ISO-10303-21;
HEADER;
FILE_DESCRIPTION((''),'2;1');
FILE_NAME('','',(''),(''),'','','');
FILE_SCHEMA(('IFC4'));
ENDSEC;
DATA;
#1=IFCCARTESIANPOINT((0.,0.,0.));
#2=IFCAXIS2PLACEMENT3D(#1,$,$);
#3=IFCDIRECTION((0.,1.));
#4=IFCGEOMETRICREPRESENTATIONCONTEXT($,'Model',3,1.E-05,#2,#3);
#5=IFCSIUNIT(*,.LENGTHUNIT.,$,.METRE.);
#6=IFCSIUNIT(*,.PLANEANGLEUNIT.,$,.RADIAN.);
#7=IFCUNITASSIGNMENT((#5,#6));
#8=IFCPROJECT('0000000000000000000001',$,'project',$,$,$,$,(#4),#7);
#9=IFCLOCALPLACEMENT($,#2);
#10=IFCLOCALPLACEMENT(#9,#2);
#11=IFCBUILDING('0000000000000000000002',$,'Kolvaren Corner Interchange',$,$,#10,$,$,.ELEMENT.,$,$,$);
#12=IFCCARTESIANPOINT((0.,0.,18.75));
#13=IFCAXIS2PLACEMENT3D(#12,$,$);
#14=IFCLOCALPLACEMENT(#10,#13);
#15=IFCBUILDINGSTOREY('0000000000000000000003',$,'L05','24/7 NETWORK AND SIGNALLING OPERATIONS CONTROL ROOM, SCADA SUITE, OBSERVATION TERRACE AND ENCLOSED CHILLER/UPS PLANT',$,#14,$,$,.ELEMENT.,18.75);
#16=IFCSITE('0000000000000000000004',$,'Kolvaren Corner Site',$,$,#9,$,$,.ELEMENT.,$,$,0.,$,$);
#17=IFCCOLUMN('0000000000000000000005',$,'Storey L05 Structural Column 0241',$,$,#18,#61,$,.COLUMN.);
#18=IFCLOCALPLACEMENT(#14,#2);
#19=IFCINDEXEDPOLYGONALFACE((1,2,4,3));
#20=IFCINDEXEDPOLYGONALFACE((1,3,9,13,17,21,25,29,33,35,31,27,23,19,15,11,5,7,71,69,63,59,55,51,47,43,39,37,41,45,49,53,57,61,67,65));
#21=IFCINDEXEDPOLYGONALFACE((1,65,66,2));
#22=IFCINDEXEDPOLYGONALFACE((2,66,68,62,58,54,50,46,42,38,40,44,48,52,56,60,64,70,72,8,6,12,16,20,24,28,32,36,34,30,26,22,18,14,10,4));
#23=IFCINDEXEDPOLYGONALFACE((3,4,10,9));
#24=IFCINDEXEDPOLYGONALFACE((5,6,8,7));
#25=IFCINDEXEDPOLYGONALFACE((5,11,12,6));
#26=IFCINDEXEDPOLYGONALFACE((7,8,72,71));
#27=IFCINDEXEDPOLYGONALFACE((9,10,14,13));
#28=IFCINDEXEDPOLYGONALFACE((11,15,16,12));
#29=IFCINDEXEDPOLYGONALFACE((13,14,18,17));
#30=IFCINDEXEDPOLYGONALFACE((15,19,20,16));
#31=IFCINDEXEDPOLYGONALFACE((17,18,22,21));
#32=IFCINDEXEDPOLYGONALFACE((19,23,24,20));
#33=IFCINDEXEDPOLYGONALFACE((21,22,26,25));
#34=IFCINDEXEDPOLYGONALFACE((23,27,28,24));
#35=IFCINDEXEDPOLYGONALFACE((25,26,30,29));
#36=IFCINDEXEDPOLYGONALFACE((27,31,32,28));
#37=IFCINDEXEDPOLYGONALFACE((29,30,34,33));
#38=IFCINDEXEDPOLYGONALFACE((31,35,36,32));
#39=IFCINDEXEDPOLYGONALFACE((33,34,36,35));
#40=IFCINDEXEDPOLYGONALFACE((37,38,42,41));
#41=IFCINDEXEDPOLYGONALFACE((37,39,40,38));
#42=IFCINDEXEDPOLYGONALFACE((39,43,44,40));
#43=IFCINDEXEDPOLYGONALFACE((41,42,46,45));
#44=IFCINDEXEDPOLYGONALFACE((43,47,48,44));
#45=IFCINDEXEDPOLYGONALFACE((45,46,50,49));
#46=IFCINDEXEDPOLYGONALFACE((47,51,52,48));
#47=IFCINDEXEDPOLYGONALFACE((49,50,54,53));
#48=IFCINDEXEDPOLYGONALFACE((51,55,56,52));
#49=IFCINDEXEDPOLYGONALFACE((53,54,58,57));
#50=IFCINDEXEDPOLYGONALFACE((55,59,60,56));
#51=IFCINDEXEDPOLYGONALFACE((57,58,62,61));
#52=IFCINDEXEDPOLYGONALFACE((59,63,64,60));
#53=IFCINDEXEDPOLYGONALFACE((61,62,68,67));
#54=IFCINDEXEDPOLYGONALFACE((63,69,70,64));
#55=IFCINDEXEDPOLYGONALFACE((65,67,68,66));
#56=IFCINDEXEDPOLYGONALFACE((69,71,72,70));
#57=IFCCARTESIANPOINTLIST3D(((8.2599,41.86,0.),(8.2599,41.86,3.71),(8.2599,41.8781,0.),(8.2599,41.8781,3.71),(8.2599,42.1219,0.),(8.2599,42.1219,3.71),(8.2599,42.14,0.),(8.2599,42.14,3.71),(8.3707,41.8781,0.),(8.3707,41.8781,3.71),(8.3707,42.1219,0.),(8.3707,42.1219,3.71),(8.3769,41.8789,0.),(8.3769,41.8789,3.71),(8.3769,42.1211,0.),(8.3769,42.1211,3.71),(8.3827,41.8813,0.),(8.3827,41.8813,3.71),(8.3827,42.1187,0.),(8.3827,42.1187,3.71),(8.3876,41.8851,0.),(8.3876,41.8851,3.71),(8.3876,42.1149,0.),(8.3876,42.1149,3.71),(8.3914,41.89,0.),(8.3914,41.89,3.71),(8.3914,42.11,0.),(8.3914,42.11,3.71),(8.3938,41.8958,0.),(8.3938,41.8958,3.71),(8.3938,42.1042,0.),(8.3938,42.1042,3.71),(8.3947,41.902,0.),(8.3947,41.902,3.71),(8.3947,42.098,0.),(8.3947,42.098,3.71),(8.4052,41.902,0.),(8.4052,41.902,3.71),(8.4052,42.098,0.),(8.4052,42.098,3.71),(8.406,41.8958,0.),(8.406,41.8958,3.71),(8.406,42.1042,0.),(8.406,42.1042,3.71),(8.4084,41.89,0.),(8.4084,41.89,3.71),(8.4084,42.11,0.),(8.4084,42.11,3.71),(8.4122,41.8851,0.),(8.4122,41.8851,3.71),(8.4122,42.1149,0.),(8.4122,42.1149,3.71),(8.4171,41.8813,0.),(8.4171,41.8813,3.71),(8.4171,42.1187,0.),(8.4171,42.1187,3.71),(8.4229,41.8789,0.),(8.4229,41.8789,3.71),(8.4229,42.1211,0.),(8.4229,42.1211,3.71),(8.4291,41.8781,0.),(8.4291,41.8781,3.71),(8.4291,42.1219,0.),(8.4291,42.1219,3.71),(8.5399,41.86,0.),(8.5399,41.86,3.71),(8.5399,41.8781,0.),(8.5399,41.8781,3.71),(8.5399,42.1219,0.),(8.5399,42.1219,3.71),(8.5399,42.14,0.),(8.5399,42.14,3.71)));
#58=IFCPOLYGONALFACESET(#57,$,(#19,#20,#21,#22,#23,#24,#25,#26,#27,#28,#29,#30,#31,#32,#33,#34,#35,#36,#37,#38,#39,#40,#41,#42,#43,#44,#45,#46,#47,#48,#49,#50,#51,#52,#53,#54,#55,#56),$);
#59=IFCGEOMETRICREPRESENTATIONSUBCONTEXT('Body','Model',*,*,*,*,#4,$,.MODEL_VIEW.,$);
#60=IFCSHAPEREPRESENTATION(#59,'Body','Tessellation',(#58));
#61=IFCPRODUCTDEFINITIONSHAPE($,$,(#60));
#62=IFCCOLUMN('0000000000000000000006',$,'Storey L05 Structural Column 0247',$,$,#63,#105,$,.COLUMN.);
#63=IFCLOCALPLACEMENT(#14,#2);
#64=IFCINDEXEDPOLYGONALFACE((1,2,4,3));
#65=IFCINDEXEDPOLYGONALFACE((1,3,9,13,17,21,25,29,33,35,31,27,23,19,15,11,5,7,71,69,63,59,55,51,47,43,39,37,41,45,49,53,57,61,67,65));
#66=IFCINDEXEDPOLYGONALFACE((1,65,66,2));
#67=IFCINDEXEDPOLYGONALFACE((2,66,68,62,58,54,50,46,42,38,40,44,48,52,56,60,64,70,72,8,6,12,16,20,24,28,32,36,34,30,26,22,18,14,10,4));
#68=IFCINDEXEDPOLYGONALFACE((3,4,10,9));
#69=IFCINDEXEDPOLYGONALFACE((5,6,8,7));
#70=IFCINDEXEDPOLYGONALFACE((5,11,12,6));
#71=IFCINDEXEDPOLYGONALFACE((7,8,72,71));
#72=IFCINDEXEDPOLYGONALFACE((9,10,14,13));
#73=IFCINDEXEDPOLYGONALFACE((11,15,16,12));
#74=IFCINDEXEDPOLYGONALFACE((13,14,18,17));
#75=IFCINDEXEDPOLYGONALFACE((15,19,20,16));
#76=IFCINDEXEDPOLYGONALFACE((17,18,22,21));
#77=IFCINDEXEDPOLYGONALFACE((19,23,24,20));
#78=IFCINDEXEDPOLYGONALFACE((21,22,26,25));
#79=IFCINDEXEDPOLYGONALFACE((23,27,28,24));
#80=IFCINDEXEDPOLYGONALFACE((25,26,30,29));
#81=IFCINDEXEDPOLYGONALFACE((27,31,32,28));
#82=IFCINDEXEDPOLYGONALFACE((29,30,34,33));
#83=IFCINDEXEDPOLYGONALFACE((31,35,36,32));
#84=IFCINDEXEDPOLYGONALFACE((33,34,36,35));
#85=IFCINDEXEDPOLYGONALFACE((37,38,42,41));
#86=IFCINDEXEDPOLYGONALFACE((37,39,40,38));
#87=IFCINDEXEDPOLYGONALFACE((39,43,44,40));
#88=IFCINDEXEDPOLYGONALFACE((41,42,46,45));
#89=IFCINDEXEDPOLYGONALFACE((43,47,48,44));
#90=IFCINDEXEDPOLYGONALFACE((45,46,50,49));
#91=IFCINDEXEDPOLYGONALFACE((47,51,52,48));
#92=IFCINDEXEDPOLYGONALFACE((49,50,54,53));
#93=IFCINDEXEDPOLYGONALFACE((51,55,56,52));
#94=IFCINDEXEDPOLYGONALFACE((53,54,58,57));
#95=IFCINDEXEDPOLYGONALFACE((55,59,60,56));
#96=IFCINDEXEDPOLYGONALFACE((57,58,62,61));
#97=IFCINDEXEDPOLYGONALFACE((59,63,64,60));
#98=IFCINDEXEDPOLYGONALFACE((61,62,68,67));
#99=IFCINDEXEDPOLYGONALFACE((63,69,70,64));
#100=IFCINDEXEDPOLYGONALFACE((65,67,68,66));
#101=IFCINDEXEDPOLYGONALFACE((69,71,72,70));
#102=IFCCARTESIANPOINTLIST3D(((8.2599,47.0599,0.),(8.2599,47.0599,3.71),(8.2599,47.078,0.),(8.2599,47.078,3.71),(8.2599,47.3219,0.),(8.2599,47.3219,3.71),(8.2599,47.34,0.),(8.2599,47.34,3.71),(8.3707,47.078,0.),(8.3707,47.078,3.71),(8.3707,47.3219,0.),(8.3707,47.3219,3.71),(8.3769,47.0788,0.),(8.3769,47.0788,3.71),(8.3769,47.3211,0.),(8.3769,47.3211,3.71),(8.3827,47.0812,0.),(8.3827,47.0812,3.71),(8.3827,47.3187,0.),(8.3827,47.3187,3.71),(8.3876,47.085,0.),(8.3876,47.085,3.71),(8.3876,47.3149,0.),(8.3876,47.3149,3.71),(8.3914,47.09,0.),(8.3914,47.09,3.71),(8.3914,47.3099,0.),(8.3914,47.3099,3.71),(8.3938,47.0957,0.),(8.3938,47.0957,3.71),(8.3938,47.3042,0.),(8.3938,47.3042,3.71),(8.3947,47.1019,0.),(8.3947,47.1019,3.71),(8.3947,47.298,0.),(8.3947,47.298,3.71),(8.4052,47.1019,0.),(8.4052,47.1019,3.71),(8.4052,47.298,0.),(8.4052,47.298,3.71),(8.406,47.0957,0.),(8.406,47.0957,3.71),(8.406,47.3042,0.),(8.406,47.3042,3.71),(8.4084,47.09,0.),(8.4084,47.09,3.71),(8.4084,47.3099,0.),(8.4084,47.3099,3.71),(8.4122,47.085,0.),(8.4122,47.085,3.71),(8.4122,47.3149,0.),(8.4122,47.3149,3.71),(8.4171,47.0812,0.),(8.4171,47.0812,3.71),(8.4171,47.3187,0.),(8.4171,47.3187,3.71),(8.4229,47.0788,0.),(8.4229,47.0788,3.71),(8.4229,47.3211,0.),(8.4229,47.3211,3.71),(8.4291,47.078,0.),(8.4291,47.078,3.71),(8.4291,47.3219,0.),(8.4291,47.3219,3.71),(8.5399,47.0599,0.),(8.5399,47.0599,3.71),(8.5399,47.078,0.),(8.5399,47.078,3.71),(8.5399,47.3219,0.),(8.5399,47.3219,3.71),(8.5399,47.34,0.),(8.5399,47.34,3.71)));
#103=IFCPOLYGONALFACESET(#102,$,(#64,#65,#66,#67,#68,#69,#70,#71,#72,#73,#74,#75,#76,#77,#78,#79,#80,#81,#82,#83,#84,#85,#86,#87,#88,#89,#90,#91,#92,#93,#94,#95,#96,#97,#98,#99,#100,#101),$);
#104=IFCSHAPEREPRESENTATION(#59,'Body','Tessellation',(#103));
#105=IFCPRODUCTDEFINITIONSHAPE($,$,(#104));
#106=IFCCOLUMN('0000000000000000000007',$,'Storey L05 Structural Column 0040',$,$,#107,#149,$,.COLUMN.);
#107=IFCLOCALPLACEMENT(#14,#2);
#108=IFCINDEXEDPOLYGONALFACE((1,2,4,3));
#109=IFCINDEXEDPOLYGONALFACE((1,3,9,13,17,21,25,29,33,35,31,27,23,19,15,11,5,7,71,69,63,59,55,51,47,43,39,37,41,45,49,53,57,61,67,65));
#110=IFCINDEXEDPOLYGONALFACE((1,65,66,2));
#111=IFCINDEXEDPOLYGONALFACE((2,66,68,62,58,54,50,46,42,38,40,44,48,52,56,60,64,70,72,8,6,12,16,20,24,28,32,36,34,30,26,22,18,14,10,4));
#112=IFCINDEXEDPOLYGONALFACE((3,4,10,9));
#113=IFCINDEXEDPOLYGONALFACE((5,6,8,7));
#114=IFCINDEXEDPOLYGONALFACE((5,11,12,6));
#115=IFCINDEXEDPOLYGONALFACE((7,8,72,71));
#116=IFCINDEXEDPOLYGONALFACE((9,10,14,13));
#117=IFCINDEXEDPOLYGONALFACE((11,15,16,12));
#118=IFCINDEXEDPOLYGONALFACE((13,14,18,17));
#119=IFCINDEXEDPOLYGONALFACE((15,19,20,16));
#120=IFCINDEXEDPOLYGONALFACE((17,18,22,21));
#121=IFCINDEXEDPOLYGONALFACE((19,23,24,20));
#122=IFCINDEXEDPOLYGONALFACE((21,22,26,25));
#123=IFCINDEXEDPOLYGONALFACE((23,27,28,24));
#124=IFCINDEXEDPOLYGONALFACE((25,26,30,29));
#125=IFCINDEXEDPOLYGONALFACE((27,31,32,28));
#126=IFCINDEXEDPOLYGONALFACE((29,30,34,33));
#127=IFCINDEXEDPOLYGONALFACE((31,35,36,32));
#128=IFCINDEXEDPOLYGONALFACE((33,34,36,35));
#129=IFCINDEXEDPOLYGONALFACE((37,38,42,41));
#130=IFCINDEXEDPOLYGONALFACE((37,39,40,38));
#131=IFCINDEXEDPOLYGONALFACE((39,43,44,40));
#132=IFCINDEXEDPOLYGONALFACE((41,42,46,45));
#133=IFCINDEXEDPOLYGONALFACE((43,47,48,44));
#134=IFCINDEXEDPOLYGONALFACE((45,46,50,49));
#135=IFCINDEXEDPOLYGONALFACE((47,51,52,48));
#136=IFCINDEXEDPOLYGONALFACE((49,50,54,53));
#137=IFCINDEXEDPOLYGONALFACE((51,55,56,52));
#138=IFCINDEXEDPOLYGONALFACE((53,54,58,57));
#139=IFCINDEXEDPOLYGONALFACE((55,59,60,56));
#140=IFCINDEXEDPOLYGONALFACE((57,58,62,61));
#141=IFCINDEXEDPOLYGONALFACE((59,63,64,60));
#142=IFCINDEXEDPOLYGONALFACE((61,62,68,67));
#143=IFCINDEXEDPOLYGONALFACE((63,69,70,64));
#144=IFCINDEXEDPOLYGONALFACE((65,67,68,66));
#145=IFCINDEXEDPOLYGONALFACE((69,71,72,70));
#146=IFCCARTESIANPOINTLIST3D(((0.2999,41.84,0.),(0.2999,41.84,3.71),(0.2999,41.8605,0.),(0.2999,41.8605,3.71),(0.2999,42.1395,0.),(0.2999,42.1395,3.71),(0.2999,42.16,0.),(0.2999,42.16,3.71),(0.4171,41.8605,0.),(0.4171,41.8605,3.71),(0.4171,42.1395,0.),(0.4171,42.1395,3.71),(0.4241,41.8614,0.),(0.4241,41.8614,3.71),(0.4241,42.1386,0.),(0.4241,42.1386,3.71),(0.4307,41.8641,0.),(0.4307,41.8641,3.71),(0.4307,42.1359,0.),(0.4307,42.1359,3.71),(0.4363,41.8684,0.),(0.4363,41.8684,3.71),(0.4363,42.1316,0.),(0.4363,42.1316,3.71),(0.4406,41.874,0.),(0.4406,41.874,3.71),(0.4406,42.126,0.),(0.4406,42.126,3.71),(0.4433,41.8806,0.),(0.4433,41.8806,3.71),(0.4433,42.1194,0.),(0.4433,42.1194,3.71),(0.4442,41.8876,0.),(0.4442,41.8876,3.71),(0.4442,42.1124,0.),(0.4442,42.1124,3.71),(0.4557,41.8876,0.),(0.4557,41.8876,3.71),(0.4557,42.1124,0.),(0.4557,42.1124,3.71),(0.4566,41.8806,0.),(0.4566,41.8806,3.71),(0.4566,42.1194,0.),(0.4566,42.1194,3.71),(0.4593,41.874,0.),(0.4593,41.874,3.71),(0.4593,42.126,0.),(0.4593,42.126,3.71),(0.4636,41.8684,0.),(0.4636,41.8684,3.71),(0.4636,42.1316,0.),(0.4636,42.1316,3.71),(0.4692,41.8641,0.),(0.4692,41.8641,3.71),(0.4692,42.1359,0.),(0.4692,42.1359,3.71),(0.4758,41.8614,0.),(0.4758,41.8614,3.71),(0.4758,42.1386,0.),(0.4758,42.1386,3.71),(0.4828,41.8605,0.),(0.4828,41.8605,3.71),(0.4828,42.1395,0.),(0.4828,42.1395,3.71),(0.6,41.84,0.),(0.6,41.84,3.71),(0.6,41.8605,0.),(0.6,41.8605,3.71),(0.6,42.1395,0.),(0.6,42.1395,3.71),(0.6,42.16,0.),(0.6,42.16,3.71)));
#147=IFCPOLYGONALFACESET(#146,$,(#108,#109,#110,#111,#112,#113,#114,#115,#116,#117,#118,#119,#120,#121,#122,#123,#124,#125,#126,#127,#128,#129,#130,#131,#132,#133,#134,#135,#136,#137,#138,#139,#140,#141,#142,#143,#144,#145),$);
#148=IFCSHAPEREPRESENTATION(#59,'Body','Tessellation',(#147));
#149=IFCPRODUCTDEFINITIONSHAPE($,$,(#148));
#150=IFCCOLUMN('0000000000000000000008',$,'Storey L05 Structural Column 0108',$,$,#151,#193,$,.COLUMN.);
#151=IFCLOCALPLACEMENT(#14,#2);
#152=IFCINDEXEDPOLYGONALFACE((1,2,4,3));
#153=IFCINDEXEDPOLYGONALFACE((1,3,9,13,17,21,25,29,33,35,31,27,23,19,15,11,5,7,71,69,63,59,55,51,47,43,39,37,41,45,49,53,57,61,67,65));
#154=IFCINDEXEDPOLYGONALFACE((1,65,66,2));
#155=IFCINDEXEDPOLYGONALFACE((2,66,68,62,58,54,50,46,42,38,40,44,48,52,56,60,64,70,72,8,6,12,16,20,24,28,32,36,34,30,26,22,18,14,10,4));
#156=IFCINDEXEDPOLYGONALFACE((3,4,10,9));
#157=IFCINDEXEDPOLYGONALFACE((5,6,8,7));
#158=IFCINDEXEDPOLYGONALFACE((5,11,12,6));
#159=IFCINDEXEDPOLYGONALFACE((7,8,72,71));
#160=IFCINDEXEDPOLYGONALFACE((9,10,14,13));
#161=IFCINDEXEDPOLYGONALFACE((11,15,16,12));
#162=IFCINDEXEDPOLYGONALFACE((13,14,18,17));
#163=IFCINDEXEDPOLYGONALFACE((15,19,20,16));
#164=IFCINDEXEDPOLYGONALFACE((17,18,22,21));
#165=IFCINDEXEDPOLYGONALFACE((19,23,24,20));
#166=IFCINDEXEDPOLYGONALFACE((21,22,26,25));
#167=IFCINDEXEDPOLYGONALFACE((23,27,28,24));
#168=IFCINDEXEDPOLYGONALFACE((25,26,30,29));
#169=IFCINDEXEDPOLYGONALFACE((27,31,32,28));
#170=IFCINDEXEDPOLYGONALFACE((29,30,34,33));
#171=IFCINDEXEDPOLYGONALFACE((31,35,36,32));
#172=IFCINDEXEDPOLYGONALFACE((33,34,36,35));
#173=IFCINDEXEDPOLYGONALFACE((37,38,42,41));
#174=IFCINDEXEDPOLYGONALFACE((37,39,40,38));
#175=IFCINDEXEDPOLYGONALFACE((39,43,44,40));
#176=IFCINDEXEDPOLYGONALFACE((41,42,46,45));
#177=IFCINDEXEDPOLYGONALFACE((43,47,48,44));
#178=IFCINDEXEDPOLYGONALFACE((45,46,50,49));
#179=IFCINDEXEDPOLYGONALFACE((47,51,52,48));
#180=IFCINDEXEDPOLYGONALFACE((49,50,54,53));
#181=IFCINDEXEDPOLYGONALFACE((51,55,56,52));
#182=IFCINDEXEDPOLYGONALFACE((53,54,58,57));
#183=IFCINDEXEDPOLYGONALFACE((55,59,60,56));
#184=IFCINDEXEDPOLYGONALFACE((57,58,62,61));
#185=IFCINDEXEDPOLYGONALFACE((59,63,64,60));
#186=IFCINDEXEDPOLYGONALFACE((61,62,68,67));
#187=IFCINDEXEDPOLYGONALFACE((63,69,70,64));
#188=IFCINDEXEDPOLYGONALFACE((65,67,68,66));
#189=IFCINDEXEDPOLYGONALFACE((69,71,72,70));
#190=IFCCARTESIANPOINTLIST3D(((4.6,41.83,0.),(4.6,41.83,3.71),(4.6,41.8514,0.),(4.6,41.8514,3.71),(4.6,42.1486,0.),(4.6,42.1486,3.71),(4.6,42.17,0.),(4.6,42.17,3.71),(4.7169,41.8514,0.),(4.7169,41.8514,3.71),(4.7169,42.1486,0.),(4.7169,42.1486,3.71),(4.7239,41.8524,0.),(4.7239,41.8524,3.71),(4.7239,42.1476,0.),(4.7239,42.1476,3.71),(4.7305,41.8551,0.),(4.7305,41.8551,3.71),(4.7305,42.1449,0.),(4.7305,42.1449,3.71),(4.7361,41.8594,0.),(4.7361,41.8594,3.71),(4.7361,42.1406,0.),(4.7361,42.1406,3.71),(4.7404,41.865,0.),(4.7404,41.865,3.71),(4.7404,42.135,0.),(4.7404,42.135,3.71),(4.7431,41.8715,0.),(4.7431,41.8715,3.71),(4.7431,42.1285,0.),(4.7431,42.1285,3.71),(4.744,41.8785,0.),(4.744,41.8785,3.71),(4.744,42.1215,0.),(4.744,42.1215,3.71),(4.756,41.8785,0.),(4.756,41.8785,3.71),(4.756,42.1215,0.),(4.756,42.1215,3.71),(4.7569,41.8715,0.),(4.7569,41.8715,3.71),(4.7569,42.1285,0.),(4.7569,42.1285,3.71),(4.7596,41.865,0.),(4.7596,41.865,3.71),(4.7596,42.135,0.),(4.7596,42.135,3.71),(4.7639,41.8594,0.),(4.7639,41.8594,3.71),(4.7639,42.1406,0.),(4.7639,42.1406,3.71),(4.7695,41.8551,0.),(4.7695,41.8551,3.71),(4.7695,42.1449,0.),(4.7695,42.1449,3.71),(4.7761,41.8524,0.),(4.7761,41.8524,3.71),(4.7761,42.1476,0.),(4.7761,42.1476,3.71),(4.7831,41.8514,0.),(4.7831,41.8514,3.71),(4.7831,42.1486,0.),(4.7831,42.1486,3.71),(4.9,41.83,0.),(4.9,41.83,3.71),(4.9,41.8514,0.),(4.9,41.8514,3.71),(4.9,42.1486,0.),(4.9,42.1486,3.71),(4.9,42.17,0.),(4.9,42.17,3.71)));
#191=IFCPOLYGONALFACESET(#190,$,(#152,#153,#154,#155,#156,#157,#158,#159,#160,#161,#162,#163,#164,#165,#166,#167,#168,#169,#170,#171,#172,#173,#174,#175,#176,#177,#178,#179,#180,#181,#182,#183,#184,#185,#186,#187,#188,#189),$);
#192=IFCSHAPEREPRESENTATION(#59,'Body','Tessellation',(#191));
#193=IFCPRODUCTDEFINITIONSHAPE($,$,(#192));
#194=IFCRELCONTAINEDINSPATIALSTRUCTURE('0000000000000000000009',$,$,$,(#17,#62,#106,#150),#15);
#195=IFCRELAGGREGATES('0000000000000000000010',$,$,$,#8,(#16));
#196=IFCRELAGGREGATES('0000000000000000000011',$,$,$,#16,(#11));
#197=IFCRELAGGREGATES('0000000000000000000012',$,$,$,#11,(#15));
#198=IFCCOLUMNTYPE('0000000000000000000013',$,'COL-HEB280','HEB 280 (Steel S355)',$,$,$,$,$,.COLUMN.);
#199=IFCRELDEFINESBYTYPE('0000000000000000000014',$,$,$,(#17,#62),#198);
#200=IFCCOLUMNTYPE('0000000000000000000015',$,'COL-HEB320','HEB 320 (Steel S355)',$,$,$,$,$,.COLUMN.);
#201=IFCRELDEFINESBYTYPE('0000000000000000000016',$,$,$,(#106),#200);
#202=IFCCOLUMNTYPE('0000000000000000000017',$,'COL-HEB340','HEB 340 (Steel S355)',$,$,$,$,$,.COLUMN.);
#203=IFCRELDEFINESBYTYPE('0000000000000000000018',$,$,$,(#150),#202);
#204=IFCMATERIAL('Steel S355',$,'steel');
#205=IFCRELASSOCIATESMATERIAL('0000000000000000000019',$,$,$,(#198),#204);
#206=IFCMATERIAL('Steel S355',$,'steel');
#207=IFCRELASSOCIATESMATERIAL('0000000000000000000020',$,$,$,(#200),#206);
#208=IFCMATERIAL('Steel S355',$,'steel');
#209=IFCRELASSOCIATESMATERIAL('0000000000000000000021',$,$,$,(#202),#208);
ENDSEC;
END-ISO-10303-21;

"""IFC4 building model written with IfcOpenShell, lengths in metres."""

from ifc_helpers import new_model, si_unit, direction, frame, origin, origin_2d, place, context, subcontext, project, spatial, i_section, extrude, material, material_profile, profile_set, type_object, element, save


model = new_model("IFC4")

# Units and contexts
model_context = context("Model", 3, precision=1e-05, world=origin(), true_north=direction((0.0, 1.0)))
body_context = subcontext(model_context, "Body", "Model", "MODEL_VIEW")
ifc_project = project(units=[si_unit("LENGTHUNIT", "METRE"), si_unit("PLANEANGLEUNIT", "RADIAN")], contexts=[model_context])

# Site, building, storey
site_placement = place(None, origin())
site = spatial("IfcSite", under=ifc_project, at=site_placement, Name="Kolvaren Corner Site", CompositionType="ELEMENT", RefElevation=0.0)
building_placement = place(site_placement, origin())
building = spatial("IfcBuilding", under=site, at=building_placement, Name="Kolvaren Corner Interchange", CompositionType="ELEMENT")
storey_placement = place(building_placement, frame((0.0, 0.0, 18.75)))
storey = spatial("IfcBuildingStorey", under=building, at=storey_placement, Name="L05", Description="24/7 NETWORK AND SIGNALLING OPERATIONS CONTROL ROOM, SCADA SUITE, OBSERVATION TERRACE AND ENCLOSED CHILLER/UPS PLANT", CompositionType="ELEMENT", Elevation=18.75)

# Columns
ifc_material_1 = material(Name="Steel S355", Category="steel")
ifc_material_profile_1 = material_profile(ifc_material_1, i_section(OverallWidth=0.28, OverallDepth=0.28, WebThickness=0.0105, FlangeThickness=0.0181, FilletRadius=0.0239, at=origin_2d()), Name="HEB 280")
ifc_profile_set_1 = profile_set([ifc_material_profile_1], Name="Steel S355")
column_type_1 = type_object("IfcColumnType", Name="COL-HEB280", Description="HEB 280 (Steel S355)", PredefinedType="COLUMN", material=ifc_profile_set_1)
for number, where, z_axis, x_axis, name in (
    (1, (8.3999, 42.0, 0.0), (0.0, 0.0, 1.0), (1.0, 0.0, 0.0), "Storey L05 Structural Column 0241"),
    (2, (8.3999, 47.2, 0.0), (0.0, 0.0, 1.0), (1.0, 0.0, 0.0), "Storey L05 Structural Column 0247"),
):
    element("IfcColumn", number, at=place(storey_placement, frame(where, z_axis=z_axis, x_axis=x_axis)), inside=storey, type_object=column_type_1, Name=name, PredefinedType="COLUMN", context=body_context, shape_type="SweptSolid", body=[
        extrude(i_section(OverallWidth=0.28, OverallDepth=0.28, WebThickness=0.0105, FlangeThickness=0.0181, FilletRadius=0.0239, at=origin_2d()), origin(), (0.0, 0.0, 1.0), 3.71),
    ])
ifc_material_2 = material(Name="Steel S355", Category="steel")
ifc_material_profile_2 = material_profile(ifc_material_2, i_section(OverallWidth=0.3, OverallDepth=0.3201, WebThickness=0.0115, FlangeThickness=0.0205, FilletRadius=0.0271, at=origin_2d()), Name="HEB 320")
ifc_profile_set_2 = profile_set([ifc_material_profile_2], Name="Steel S355")
column_type_2 = type_object("IfcColumnType", Name="COL-HEB320", Description="HEB 320 (Steel S355)", PredefinedType="COLUMN", material=ifc_profile_set_2)
column_placement = place(storey_placement, frame((0.45, 42.0, 0.0), z_axis=(0.0, 0.0, 1.0), x_axis=(1.0, 0.0, 0.0)))
element("IfcColumn", 3, at=column_placement, inside=storey, type_object=column_type_2, Name="Storey L05 Structural Column 0040", PredefinedType="COLUMN", context=body_context, shape_type="SweptSolid", body=[
    extrude(i_section(OverallWidth=0.3, OverallDepth=0.3201, WebThickness=0.0115, FlangeThickness=0.0205, FilletRadius=0.0271, at=origin_2d()), origin(), (0.0, 0.0, 1.0), 3.71),
])
ifc_material_3 = material(Name="Steel S355", Category="steel")
ifc_material_profile_3 = material_profile(ifc_material_3, i_section(OverallWidth=0.3, OverallDepth=0.3401, WebThickness=0.012, FlangeThickness=0.0215, FilletRadius=0.0271, at=origin_2d()), Name="HEB 340")
ifc_profile_set_3 = profile_set([ifc_material_profile_3], Name="Steel S355")
column_type_3 = type_object("IfcColumnType", Name="COL-HEB340", Description="HEB 340 (Steel S355)", PredefinedType="COLUMN", material=ifc_profile_set_3)
for number, where, z_axis, x_axis, name in (
    (4, (4.75, 42.0, 0.0), (0.0, 0.0, 1.0), (1.0, 0.0, 0.0), "Storey L05 Structural Column 0108"),
):
    element("IfcColumn", number, at=place(storey_placement, frame(where, z_axis=z_axis, x_axis=x_axis)), inside=storey, type_object=column_type_3, Name=name, PredefinedType="COLUMN", context=body_context, shape_type="SweptSolid", body=[
        extrude(i_section(OverallWidth=0.3, OverallDepth=0.3401, WebThickness=0.012, FlangeThickness=0.0215, FilletRadius=0.0271, at=origin_2d()), origin(), (0.0, 0.0, 1.0), 3.71),
    ])

save(model, "model.ifc")
